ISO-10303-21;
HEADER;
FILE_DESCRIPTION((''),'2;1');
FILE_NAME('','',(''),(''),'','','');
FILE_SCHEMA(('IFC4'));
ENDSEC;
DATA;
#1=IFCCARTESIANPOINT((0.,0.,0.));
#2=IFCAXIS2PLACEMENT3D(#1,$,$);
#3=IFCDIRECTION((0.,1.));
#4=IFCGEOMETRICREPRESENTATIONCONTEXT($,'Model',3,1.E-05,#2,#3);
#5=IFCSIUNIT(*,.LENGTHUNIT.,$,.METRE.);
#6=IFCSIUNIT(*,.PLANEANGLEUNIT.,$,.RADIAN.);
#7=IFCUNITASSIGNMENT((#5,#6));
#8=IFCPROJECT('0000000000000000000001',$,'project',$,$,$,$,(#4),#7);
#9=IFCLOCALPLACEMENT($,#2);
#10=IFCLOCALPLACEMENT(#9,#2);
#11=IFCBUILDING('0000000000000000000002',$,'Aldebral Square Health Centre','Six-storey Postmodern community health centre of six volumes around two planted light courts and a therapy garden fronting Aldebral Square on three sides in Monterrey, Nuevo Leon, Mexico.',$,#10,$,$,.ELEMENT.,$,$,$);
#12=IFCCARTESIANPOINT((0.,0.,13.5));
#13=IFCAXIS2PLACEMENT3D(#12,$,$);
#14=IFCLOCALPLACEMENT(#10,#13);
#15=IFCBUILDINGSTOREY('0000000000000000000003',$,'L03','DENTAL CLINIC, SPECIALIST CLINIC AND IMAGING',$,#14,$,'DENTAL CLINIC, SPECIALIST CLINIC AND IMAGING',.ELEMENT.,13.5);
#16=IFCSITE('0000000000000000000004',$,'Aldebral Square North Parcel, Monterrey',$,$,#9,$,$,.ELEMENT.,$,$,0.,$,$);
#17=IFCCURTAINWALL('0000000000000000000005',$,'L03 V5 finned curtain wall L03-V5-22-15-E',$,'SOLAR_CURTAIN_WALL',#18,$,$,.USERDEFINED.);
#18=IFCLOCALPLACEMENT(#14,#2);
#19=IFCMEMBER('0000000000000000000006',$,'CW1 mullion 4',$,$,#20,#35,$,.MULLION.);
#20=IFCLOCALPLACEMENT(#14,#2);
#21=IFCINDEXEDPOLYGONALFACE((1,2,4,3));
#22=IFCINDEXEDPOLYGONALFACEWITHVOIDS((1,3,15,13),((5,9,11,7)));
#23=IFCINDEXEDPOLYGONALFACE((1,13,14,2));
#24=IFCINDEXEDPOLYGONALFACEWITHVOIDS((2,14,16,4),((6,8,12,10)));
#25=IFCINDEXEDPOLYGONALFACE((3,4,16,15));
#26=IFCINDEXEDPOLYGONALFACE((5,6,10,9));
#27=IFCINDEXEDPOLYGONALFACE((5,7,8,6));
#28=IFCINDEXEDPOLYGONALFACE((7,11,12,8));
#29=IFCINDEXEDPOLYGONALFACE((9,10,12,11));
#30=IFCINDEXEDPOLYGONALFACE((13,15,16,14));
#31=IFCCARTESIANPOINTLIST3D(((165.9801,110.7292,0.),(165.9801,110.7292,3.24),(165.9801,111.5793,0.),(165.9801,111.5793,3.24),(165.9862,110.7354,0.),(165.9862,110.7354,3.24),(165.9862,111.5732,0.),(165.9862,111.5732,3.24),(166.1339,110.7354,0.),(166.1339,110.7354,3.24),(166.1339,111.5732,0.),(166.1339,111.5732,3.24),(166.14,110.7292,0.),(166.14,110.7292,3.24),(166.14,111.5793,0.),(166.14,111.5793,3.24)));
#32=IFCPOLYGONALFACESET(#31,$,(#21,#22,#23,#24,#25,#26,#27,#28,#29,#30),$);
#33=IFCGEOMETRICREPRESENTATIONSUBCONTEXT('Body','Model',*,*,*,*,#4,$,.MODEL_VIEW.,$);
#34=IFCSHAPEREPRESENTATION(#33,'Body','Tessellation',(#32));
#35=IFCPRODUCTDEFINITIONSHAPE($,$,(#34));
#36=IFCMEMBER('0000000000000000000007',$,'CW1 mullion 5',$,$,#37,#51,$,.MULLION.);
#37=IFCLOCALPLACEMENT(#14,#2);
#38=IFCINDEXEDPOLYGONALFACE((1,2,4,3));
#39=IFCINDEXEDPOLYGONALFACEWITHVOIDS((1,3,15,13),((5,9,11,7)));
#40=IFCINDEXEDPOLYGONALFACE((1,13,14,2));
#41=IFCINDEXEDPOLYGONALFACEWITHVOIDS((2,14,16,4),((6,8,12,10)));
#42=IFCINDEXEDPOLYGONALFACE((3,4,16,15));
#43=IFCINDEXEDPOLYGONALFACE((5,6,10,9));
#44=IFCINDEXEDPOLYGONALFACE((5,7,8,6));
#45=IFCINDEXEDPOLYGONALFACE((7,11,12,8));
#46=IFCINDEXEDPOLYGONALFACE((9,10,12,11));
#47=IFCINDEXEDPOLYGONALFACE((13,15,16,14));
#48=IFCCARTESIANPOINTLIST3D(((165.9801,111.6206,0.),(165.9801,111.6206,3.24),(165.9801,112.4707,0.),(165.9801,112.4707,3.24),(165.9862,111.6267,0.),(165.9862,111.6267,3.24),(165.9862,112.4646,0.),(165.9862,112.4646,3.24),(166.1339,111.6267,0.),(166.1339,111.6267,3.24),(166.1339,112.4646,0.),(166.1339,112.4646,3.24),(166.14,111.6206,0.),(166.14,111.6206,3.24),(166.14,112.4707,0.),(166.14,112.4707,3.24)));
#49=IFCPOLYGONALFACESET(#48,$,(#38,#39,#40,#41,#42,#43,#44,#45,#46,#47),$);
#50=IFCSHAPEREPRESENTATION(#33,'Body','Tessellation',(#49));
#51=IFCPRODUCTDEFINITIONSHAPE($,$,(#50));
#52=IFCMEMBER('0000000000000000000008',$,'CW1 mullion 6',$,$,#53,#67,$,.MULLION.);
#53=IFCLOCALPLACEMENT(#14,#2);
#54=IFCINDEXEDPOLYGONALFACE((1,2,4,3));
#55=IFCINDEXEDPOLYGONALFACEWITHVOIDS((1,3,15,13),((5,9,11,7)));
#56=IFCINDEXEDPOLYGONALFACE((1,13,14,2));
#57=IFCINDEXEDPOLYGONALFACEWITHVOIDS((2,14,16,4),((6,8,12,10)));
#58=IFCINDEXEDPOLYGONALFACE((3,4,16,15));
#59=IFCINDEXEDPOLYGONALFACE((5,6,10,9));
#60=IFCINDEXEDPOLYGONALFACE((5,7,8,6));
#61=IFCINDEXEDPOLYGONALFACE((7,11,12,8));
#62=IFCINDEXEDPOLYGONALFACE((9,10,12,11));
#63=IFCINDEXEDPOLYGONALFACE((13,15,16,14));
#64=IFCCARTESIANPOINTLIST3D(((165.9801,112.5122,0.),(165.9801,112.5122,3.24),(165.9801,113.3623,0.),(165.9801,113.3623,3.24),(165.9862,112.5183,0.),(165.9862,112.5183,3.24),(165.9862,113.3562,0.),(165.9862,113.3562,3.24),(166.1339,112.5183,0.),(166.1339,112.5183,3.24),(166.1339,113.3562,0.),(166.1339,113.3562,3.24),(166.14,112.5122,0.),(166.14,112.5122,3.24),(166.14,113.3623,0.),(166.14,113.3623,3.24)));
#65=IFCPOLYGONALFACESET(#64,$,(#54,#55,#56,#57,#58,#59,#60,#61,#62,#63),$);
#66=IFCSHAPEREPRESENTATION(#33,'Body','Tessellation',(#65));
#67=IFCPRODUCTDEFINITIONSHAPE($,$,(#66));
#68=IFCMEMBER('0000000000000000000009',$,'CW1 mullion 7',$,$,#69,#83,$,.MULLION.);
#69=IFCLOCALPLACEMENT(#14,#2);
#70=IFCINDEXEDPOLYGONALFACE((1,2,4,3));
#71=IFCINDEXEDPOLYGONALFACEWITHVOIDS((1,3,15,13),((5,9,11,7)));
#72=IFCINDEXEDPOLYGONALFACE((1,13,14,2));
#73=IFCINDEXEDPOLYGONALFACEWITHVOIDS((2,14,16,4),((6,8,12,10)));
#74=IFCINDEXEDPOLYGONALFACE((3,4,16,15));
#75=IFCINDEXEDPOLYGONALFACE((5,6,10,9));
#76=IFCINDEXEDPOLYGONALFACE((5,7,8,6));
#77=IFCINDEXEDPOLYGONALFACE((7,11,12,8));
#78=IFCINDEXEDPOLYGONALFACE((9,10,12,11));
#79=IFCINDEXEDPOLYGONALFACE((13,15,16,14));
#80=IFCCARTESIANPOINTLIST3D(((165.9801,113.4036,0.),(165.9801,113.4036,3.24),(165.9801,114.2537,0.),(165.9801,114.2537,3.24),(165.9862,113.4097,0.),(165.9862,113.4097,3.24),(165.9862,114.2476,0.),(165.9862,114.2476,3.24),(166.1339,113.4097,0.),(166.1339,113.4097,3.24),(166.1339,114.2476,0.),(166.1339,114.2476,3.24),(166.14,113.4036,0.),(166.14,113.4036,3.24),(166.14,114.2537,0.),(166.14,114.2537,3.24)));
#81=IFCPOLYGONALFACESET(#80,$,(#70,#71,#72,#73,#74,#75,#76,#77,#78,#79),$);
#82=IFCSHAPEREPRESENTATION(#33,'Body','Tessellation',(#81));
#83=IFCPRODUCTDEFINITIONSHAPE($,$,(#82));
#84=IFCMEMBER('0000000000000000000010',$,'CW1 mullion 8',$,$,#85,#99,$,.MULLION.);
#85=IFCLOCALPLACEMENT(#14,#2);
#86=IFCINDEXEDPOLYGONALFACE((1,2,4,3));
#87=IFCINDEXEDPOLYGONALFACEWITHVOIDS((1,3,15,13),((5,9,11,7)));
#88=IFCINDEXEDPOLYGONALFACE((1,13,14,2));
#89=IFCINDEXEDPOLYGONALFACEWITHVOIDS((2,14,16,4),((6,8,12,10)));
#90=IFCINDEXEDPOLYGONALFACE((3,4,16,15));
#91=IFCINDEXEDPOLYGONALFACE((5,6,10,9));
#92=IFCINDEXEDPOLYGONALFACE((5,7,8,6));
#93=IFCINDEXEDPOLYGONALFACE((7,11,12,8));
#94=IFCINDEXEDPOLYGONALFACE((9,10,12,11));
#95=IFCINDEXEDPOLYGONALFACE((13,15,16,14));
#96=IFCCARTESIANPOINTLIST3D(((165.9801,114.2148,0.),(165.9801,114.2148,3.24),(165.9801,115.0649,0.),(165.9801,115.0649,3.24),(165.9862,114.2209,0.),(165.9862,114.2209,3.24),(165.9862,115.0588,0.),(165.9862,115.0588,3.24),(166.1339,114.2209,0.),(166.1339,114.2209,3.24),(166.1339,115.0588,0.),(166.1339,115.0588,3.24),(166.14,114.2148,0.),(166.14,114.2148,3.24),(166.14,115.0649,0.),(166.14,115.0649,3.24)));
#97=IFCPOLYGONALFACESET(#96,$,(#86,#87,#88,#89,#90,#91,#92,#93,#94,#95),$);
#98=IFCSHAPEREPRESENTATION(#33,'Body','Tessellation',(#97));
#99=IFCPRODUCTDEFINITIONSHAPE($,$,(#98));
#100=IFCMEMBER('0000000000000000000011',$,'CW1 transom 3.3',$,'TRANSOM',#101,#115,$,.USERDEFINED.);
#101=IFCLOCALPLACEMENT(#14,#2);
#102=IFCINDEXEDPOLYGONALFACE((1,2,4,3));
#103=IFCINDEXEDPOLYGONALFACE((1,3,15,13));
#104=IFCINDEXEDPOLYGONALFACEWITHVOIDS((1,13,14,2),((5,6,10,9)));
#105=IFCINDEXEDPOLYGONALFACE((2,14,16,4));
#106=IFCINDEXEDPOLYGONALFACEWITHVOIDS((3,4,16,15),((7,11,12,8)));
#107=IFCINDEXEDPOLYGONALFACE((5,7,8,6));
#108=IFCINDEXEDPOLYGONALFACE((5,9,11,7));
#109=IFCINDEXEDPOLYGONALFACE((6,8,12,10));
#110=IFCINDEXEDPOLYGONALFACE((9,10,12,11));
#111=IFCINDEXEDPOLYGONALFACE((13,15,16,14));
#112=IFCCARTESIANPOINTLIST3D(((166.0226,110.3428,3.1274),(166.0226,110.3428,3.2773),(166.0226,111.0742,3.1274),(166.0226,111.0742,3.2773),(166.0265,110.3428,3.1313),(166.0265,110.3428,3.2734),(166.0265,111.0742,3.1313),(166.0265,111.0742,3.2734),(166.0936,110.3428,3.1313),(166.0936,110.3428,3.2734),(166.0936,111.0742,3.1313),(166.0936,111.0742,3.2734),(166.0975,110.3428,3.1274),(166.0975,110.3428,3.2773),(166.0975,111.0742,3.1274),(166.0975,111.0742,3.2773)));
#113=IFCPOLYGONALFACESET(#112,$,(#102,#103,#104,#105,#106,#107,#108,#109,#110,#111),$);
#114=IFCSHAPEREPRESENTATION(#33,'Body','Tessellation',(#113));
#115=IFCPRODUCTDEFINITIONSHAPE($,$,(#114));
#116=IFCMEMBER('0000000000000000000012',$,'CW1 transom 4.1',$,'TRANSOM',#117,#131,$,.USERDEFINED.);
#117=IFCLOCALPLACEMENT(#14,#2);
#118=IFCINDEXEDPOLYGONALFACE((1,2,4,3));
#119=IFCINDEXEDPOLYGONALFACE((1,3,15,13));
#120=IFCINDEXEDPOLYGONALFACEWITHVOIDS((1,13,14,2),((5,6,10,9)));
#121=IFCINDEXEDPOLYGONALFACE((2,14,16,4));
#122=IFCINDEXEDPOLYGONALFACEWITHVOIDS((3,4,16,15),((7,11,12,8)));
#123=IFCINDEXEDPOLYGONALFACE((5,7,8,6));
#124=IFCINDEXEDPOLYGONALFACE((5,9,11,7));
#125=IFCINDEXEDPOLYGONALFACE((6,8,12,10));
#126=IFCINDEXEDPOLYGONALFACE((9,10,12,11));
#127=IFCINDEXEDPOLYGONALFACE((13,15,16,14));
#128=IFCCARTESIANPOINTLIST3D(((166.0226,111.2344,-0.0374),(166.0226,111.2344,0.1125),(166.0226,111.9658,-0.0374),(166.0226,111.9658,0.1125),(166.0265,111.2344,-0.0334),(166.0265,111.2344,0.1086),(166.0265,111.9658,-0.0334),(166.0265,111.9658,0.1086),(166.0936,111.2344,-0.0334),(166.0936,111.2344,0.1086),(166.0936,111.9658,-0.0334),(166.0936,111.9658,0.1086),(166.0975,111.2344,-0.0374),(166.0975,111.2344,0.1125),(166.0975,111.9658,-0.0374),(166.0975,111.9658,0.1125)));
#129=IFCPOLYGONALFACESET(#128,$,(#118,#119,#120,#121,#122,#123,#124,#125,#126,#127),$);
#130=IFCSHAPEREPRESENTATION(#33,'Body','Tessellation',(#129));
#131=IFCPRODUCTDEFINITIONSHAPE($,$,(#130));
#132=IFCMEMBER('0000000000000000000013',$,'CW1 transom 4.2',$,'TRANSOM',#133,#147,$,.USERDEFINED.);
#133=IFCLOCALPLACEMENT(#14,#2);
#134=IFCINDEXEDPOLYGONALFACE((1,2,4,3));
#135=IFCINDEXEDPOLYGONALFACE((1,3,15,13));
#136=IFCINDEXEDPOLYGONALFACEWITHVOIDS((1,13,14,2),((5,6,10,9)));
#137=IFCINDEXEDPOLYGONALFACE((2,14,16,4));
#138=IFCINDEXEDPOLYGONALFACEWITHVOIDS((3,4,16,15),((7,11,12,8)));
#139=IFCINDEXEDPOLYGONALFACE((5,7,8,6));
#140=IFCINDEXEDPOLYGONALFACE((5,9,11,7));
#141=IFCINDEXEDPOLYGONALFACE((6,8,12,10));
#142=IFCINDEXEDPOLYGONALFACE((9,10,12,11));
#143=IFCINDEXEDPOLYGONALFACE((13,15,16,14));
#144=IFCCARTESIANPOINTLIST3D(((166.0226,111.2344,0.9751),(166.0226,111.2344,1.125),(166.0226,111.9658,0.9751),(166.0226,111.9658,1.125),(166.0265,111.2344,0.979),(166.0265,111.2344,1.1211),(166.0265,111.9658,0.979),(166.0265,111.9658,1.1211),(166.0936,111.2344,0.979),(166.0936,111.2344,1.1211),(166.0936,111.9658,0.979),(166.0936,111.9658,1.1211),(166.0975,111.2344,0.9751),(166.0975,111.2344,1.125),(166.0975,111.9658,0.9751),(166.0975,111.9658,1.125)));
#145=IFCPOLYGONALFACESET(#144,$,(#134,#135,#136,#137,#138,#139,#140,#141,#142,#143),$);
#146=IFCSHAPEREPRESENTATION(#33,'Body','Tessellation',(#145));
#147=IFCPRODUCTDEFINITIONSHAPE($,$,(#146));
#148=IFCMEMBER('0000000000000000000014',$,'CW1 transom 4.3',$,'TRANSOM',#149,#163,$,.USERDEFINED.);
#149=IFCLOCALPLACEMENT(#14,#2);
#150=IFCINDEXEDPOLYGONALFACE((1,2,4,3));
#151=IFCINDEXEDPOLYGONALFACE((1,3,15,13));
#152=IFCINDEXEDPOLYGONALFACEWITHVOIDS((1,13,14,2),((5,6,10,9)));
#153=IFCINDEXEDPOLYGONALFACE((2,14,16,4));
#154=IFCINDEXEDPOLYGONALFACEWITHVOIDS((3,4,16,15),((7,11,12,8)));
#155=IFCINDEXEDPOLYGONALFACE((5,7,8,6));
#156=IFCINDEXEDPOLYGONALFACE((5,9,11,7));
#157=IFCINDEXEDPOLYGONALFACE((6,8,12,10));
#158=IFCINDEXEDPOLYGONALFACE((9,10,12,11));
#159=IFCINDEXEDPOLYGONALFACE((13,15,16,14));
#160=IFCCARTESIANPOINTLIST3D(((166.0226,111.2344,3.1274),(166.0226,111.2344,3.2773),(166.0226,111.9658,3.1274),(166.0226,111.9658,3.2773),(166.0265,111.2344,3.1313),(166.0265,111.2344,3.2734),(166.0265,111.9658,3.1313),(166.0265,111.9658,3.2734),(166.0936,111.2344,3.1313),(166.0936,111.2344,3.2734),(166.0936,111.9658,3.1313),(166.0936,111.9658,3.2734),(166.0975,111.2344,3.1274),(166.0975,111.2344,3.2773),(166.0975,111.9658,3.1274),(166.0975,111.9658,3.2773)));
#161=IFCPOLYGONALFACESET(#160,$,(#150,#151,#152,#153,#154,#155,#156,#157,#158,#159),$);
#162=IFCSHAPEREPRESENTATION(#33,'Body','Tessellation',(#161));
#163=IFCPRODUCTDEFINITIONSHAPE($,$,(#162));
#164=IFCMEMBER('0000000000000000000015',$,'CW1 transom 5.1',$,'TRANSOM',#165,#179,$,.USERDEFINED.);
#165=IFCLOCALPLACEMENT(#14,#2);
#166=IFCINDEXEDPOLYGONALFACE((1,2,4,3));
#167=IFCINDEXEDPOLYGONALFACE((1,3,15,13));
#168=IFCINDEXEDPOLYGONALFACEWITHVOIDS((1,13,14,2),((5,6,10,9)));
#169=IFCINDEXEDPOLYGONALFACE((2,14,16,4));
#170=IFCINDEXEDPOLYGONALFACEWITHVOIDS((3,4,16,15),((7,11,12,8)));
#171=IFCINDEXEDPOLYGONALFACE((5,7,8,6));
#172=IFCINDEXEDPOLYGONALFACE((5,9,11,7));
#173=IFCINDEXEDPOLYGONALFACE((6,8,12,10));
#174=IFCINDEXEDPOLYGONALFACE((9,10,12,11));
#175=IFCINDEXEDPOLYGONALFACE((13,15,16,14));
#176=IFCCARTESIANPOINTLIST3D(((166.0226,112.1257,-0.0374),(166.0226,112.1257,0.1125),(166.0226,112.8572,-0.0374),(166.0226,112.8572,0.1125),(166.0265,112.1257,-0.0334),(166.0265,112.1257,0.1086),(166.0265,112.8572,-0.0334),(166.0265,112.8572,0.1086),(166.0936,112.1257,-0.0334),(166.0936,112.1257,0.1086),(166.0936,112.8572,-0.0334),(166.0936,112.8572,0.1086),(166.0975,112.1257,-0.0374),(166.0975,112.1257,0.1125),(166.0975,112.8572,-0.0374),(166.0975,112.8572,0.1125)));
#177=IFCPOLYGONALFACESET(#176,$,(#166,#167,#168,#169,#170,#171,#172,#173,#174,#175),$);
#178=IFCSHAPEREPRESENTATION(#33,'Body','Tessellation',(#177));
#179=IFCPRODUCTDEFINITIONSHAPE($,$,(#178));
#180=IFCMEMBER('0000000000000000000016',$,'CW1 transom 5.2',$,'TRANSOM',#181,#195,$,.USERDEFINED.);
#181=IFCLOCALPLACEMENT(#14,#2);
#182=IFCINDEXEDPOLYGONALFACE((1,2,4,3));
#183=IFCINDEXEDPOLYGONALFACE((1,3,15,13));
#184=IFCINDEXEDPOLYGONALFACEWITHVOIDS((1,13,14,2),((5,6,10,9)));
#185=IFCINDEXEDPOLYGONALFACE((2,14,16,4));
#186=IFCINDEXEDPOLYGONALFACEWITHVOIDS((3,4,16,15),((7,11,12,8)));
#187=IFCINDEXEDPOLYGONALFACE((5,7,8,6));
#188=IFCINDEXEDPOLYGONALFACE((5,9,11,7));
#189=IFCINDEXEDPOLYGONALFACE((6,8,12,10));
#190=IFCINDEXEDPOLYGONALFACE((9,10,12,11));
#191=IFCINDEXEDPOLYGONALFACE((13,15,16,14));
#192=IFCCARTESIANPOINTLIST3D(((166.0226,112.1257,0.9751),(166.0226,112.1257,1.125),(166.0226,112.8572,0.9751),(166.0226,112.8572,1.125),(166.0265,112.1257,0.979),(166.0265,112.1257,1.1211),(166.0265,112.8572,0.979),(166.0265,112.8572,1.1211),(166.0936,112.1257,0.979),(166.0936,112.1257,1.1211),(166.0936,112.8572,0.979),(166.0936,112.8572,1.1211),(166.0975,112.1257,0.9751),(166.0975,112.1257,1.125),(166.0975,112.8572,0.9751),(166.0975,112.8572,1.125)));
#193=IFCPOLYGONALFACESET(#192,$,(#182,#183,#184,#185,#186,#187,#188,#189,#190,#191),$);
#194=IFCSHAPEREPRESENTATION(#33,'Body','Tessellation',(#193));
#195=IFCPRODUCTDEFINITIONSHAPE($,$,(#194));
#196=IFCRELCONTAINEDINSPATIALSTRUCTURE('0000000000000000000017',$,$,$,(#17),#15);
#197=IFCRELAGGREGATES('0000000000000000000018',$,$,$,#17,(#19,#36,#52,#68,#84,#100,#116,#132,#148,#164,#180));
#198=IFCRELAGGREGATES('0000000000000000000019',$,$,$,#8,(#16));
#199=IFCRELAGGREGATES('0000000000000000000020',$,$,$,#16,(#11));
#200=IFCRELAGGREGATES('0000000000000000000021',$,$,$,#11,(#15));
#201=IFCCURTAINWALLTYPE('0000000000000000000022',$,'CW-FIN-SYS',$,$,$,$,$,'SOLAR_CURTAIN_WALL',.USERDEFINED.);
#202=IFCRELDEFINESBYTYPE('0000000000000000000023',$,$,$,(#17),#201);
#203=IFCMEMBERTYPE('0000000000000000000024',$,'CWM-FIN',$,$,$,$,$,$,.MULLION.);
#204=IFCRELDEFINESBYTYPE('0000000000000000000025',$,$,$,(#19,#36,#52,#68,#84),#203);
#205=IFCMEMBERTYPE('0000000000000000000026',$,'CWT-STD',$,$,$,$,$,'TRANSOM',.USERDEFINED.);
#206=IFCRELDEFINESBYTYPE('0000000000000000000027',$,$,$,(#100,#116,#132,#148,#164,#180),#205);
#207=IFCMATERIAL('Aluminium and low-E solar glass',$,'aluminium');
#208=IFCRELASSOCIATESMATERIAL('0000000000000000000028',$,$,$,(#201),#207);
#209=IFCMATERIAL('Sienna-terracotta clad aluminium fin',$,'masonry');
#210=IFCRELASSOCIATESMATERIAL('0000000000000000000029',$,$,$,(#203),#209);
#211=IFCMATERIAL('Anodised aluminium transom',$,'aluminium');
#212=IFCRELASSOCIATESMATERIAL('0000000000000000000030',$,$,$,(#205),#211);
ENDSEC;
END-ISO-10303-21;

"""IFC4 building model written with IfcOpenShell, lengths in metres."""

from ifc_helpers import new_model, si_unit, direction, frame, origin, origin_2d, place, context, subcontext, project, spatial, hollow_rectangle, extrude, material, material_profile, profile_set, type_object, element, aggregate, save


model = new_model("IFC4")

# Units and contexts
model_context = context("Model", 3, precision=1e-05, world=origin(), true_north=direction((0.0, 1.0)))
body_context = subcontext(model_context, "Body", "Model", "MODEL_VIEW")
ifc_project = project(units=[si_unit("LENGTHUNIT", "METRE"), si_unit("PLANEANGLEUNIT", "RADIAN")], contexts=[model_context])

# Site, building, storey
site_placement = place(None, origin())
site = spatial("IfcSite", under=ifc_project, at=site_placement, Name="Aldebral Square North Parcel, Monterrey", CompositionType="ELEMENT", RefElevation=0.0)
building_placement = place(site_placement, origin())
building = spatial("IfcBuilding", under=site, at=building_placement, Name="Aldebral Square Health Centre", Description="Six-storey Postmodern community health centre of six volumes around two planted light courts and a therapy garden fronting Aldebral Square on three sides in Monterrey, Nuevo Leon, Mexico.", CompositionType="ELEMENT")
storey_placement = place(building_placement, frame((0.0, 0.0, 13.5)))
storey = spatial("IfcBuildingStorey", under=building, at=storey_placement, Name="L03", Description="DENTAL CLINIC, SPECIALIST CLINIC AND IMAGING", LongName="DENTAL CLINIC, SPECIALIST CLINIC AND IMAGING", CompositionType="ELEMENT", Elevation=13.5)

# Curtain wall, members
ifc_material_1 = material(Name="Aluminium and low-E solar glass", Category="aluminium")
curtain_wall_type = type_object("IfcCurtainWallType", Name="CW-FIN-SYS", ElementType="SOLAR_CURTAIN_WALL", PredefinedType="USERDEFINED", material=ifc_material_1)
curtain_wall_placement = place(storey_placement, origin())
curtain_wall = element("IfcCurtainWall", 1, at=curtain_wall_placement, inside=storey, type_object=curtain_wall_type, Name="L03 V5 finned curtain wall L03-V5-22-15-E", ObjectType="SOLAR_CURTAIN_WALL", PredefinedType="USERDEFINED")
ifc_material_2 = material(Name="Sienna-terracotta clad aluminium fin", Category="masonry")
ifc_material_profile_1 = material_profile(ifc_material_2, hollow_rectangle(XDim=0.1599, YDim=0.8501, WallThickness=0.0061, at=origin_2d()), Name="FIN 160x850x6")
ifc_profile_set_1 = profile_set([ifc_material_profile_1], Name="Sienna-terracotta clad aluminium fin")
member_type_1 = type_object("IfcMemberType", Name="CWM-FIN", PredefinedType="MULLION", material=ifc_profile_set_1)
member_1_placement = place(storey_placement, frame((166.0601, 111.1543, 0.0), z_axis=(0.0, 0.0, 1.0), x_axis=(-1.0, 0.0, 0.0)))
member_1 = element("IfcMember", 2, at=member_1_placement, type_object=member_type_1, Name="CW1 mullion 4", PredefinedType="MULLION", context=body_context, shape_type="SweptSolid", body=[
    extrude(hollow_rectangle(XDim=0.1599, YDim=0.8501, WallThickness=0.0061, at=origin_2d()), origin(), (0.0, 0.0, 1.0), 3.24),
])
member_2_placement = place(storey_placement, frame((166.0601, 112.0457, 0.0), z_axis=(0.0, 0.0, 1.0), x_axis=(-1.0, 0.0, 0.0)))
member_2 = element("IfcMember", 3, at=member_2_placement, type_object=member_type_1, Name="CW1 mullion 5", PredefinedType="MULLION", context=body_context, shape_type="SweptSolid", body=[
    extrude(hollow_rectangle(XDim=0.1599, YDim=0.8501, WallThickness=0.0061, at=origin_2d()), origin(), (0.0, 0.0, 1.0), 3.24),
])
member_3_placement = place(storey_placement, frame((166.0601, 112.9373, 0.0), z_axis=(0.0, 0.0, 1.0), x_axis=(-1.0, 0.0, 0.0)))
member_3 = element("IfcMember", 4, at=member_3_placement, type_object=member_type_1, Name="CW1 mullion 6", PredefinedType="MULLION", context=body_context, shape_type="SweptSolid", body=[
    extrude(hollow_rectangle(XDim=0.1599, YDim=0.8501, WallThickness=0.0061, at=origin_2d()), origin(), (0.0, 0.0, 1.0), 3.24),
])
member_4_placement = place(storey_placement, frame((166.0601, 113.8286, 0.0), z_axis=(0.0, 0.0, 1.0), x_axis=(-1.0, 0.0, 0.0)))
member_4 = element("IfcMember", 5, at=member_4_placement, type_object=member_type_1, Name="CW1 mullion 7", PredefinedType="MULLION", context=body_context, shape_type="SweptSolid", body=[
    extrude(hollow_rectangle(XDim=0.1599, YDim=0.8501, WallThickness=0.0061, at=origin_2d()), origin(), (0.0, 0.0, 1.0), 3.24),
])
member_5_placement = place(storey_placement, frame((166.0601, 114.6399, 0.0), z_axis=(0.0, 0.0, 1.0), x_axis=(-1.0, 0.0, 0.0)))
member_5 = element("IfcMember", 6, at=member_5_placement, type_object=member_type_1, Name="CW1 mullion 8", PredefinedType="MULLION", context=body_context, shape_type="SweptSolid", body=[
    extrude(hollow_rectangle(XDim=0.1599, YDim=0.8501, WallThickness=0.0061, at=origin_2d()), origin(), (0.0, 0.0, 1.0), 3.24),
])
ifc_material_3 = material(Name="Anodised aluminium transom", Category="aluminium")
ifc_material_profile_2 = material_profile(ifc_material_3, hollow_rectangle(XDim=0.075, YDim=0.1499, WallThickness=0.0039, at=origin_2d()), Name="CWT 75x150x4")
ifc_profile_set_2 = profile_set([ifc_material_profile_2], Name="Anodised aluminium transom")
member_type_2 = type_object("IfcMemberType", Name="CWT-STD", ElementType="TRANSOM", PredefinedType="USERDEFINED", material=ifc_profile_set_2)
member_6_placement = place(storey_placement, frame((166.0601, 110.3428, 3.2024), z_axis=(0.0, 1.0, 0.0), x_axis=(-1.0, 0.0, 0.0)))
member_6 = element("IfcMember", 7, at=member_6_placement, type_object=member_type_2, Name="CW1 transom 3.3", ObjectType="TRANSOM", PredefinedType="USERDEFINED", context=body_context, shape_type="SweptSolid", body=[
    extrude(hollow_rectangle(XDim=0.075, YDim=0.1499, WallThickness=0.0039, at=origin_2d()), origin(), (0.0, 0.0, 1.0), 0.7314),
])
member_7_placement = place(storey_placement, frame((166.0601, 111.2344, 0.0376), z_axis=(0.0, 1.0, 0.0), x_axis=(-1.0, 0.0, 0.0)))
member_7 = element("IfcMember", 8, at=member_7_placement, type_object=member_type_2, Name="CW1 transom 4.1", ObjectType="TRANSOM", PredefinedType="USERDEFINED", context=body_context, shape_type="SweptSolid", body=[
    extrude(hollow_rectangle(XDim=0.075, YDim=0.1499, WallThickness=0.0039, at=origin_2d()), origin(), (0.0, 0.0, 1.0), 0.7314),
])
member_8_placement = place(storey_placement, frame((166.0601, 111.2344, 1.05), z_axis=(0.0, 1.0, 0.0), x_axis=(-1.0, 0.0, 0.0)))
member_8 = element("IfcMember", 9, at=member_8_placement, type_object=member_type_2, Name="CW1 transom 4.2", ObjectType="TRANSOM", PredefinedType="USERDEFINED", context=body_context, shape_type="SweptSolid", body=[
    extrude(hollow_rectangle(XDim=0.075, YDim=0.1499, WallThickness=0.0039, at=origin_2d()), origin(), (0.0, 0.0, 1.0), 0.7314),
])
member_9_placement = place(storey_placement, frame((166.0601, 111.2344, 3.2024), z_axis=(0.0, 1.0, 0.0), x_axis=(-1.0, 0.0, 0.0)))
member_9 = element("IfcMember", 10, at=member_9_placement, type_object=member_type_2, Name="CW1 transom 4.3", ObjectType="TRANSOM", PredefinedType="USERDEFINED", context=body_context, shape_type="SweptSolid", body=[
    extrude(hollow_rectangle(XDim=0.075, YDim=0.1499, WallThickness=0.0039, at=origin_2d()), origin(), (0.0, 0.0, 1.0), 0.7314),
])
member_10_placement = place(storey_placement, frame((166.0601, 112.1257, 0.0376), z_axis=(0.0, 1.0, 0.0), x_axis=(-1.0, 0.0, 0.0)))
member_10 = element("IfcMember", 11, at=member_10_placement, type_object=member_type_2, Name="CW1 transom 5.1", ObjectType="TRANSOM", PredefinedType="USERDEFINED", context=body_context, shape_type="SweptSolid", body=[
    extrude(hollow_rectangle(XDim=0.075, YDim=0.1499, WallThickness=0.0039, at=origin_2d()), origin(), (0.0, 0.0, 1.0), 0.7314),
])
member_11_placement = place(storey_placement, frame((166.0601, 112.1257, 1.05), z_axis=(0.0, 1.0, 0.0), x_axis=(-1.0, 0.0, 0.0)))
member_11 = element("IfcMember", 12, at=member_11_placement, type_object=member_type_2, Name="CW1 transom 5.2", ObjectType="TRANSOM", PredefinedType="USERDEFINED", context=body_context, shape_type="SweptSolid", body=[
    extrude(hollow_rectangle(XDim=0.075, YDim=0.1499, WallThickness=0.0039, at=origin_2d()), origin(), (0.0, 0.0, 1.0), 0.7314),
])
aggregate(curtain_wall, [member_1, member_2, member_3, member_4, member_5, member_6, member_7, member_8, member_9, member_10, member_11])

save(model, "model.ifc")
